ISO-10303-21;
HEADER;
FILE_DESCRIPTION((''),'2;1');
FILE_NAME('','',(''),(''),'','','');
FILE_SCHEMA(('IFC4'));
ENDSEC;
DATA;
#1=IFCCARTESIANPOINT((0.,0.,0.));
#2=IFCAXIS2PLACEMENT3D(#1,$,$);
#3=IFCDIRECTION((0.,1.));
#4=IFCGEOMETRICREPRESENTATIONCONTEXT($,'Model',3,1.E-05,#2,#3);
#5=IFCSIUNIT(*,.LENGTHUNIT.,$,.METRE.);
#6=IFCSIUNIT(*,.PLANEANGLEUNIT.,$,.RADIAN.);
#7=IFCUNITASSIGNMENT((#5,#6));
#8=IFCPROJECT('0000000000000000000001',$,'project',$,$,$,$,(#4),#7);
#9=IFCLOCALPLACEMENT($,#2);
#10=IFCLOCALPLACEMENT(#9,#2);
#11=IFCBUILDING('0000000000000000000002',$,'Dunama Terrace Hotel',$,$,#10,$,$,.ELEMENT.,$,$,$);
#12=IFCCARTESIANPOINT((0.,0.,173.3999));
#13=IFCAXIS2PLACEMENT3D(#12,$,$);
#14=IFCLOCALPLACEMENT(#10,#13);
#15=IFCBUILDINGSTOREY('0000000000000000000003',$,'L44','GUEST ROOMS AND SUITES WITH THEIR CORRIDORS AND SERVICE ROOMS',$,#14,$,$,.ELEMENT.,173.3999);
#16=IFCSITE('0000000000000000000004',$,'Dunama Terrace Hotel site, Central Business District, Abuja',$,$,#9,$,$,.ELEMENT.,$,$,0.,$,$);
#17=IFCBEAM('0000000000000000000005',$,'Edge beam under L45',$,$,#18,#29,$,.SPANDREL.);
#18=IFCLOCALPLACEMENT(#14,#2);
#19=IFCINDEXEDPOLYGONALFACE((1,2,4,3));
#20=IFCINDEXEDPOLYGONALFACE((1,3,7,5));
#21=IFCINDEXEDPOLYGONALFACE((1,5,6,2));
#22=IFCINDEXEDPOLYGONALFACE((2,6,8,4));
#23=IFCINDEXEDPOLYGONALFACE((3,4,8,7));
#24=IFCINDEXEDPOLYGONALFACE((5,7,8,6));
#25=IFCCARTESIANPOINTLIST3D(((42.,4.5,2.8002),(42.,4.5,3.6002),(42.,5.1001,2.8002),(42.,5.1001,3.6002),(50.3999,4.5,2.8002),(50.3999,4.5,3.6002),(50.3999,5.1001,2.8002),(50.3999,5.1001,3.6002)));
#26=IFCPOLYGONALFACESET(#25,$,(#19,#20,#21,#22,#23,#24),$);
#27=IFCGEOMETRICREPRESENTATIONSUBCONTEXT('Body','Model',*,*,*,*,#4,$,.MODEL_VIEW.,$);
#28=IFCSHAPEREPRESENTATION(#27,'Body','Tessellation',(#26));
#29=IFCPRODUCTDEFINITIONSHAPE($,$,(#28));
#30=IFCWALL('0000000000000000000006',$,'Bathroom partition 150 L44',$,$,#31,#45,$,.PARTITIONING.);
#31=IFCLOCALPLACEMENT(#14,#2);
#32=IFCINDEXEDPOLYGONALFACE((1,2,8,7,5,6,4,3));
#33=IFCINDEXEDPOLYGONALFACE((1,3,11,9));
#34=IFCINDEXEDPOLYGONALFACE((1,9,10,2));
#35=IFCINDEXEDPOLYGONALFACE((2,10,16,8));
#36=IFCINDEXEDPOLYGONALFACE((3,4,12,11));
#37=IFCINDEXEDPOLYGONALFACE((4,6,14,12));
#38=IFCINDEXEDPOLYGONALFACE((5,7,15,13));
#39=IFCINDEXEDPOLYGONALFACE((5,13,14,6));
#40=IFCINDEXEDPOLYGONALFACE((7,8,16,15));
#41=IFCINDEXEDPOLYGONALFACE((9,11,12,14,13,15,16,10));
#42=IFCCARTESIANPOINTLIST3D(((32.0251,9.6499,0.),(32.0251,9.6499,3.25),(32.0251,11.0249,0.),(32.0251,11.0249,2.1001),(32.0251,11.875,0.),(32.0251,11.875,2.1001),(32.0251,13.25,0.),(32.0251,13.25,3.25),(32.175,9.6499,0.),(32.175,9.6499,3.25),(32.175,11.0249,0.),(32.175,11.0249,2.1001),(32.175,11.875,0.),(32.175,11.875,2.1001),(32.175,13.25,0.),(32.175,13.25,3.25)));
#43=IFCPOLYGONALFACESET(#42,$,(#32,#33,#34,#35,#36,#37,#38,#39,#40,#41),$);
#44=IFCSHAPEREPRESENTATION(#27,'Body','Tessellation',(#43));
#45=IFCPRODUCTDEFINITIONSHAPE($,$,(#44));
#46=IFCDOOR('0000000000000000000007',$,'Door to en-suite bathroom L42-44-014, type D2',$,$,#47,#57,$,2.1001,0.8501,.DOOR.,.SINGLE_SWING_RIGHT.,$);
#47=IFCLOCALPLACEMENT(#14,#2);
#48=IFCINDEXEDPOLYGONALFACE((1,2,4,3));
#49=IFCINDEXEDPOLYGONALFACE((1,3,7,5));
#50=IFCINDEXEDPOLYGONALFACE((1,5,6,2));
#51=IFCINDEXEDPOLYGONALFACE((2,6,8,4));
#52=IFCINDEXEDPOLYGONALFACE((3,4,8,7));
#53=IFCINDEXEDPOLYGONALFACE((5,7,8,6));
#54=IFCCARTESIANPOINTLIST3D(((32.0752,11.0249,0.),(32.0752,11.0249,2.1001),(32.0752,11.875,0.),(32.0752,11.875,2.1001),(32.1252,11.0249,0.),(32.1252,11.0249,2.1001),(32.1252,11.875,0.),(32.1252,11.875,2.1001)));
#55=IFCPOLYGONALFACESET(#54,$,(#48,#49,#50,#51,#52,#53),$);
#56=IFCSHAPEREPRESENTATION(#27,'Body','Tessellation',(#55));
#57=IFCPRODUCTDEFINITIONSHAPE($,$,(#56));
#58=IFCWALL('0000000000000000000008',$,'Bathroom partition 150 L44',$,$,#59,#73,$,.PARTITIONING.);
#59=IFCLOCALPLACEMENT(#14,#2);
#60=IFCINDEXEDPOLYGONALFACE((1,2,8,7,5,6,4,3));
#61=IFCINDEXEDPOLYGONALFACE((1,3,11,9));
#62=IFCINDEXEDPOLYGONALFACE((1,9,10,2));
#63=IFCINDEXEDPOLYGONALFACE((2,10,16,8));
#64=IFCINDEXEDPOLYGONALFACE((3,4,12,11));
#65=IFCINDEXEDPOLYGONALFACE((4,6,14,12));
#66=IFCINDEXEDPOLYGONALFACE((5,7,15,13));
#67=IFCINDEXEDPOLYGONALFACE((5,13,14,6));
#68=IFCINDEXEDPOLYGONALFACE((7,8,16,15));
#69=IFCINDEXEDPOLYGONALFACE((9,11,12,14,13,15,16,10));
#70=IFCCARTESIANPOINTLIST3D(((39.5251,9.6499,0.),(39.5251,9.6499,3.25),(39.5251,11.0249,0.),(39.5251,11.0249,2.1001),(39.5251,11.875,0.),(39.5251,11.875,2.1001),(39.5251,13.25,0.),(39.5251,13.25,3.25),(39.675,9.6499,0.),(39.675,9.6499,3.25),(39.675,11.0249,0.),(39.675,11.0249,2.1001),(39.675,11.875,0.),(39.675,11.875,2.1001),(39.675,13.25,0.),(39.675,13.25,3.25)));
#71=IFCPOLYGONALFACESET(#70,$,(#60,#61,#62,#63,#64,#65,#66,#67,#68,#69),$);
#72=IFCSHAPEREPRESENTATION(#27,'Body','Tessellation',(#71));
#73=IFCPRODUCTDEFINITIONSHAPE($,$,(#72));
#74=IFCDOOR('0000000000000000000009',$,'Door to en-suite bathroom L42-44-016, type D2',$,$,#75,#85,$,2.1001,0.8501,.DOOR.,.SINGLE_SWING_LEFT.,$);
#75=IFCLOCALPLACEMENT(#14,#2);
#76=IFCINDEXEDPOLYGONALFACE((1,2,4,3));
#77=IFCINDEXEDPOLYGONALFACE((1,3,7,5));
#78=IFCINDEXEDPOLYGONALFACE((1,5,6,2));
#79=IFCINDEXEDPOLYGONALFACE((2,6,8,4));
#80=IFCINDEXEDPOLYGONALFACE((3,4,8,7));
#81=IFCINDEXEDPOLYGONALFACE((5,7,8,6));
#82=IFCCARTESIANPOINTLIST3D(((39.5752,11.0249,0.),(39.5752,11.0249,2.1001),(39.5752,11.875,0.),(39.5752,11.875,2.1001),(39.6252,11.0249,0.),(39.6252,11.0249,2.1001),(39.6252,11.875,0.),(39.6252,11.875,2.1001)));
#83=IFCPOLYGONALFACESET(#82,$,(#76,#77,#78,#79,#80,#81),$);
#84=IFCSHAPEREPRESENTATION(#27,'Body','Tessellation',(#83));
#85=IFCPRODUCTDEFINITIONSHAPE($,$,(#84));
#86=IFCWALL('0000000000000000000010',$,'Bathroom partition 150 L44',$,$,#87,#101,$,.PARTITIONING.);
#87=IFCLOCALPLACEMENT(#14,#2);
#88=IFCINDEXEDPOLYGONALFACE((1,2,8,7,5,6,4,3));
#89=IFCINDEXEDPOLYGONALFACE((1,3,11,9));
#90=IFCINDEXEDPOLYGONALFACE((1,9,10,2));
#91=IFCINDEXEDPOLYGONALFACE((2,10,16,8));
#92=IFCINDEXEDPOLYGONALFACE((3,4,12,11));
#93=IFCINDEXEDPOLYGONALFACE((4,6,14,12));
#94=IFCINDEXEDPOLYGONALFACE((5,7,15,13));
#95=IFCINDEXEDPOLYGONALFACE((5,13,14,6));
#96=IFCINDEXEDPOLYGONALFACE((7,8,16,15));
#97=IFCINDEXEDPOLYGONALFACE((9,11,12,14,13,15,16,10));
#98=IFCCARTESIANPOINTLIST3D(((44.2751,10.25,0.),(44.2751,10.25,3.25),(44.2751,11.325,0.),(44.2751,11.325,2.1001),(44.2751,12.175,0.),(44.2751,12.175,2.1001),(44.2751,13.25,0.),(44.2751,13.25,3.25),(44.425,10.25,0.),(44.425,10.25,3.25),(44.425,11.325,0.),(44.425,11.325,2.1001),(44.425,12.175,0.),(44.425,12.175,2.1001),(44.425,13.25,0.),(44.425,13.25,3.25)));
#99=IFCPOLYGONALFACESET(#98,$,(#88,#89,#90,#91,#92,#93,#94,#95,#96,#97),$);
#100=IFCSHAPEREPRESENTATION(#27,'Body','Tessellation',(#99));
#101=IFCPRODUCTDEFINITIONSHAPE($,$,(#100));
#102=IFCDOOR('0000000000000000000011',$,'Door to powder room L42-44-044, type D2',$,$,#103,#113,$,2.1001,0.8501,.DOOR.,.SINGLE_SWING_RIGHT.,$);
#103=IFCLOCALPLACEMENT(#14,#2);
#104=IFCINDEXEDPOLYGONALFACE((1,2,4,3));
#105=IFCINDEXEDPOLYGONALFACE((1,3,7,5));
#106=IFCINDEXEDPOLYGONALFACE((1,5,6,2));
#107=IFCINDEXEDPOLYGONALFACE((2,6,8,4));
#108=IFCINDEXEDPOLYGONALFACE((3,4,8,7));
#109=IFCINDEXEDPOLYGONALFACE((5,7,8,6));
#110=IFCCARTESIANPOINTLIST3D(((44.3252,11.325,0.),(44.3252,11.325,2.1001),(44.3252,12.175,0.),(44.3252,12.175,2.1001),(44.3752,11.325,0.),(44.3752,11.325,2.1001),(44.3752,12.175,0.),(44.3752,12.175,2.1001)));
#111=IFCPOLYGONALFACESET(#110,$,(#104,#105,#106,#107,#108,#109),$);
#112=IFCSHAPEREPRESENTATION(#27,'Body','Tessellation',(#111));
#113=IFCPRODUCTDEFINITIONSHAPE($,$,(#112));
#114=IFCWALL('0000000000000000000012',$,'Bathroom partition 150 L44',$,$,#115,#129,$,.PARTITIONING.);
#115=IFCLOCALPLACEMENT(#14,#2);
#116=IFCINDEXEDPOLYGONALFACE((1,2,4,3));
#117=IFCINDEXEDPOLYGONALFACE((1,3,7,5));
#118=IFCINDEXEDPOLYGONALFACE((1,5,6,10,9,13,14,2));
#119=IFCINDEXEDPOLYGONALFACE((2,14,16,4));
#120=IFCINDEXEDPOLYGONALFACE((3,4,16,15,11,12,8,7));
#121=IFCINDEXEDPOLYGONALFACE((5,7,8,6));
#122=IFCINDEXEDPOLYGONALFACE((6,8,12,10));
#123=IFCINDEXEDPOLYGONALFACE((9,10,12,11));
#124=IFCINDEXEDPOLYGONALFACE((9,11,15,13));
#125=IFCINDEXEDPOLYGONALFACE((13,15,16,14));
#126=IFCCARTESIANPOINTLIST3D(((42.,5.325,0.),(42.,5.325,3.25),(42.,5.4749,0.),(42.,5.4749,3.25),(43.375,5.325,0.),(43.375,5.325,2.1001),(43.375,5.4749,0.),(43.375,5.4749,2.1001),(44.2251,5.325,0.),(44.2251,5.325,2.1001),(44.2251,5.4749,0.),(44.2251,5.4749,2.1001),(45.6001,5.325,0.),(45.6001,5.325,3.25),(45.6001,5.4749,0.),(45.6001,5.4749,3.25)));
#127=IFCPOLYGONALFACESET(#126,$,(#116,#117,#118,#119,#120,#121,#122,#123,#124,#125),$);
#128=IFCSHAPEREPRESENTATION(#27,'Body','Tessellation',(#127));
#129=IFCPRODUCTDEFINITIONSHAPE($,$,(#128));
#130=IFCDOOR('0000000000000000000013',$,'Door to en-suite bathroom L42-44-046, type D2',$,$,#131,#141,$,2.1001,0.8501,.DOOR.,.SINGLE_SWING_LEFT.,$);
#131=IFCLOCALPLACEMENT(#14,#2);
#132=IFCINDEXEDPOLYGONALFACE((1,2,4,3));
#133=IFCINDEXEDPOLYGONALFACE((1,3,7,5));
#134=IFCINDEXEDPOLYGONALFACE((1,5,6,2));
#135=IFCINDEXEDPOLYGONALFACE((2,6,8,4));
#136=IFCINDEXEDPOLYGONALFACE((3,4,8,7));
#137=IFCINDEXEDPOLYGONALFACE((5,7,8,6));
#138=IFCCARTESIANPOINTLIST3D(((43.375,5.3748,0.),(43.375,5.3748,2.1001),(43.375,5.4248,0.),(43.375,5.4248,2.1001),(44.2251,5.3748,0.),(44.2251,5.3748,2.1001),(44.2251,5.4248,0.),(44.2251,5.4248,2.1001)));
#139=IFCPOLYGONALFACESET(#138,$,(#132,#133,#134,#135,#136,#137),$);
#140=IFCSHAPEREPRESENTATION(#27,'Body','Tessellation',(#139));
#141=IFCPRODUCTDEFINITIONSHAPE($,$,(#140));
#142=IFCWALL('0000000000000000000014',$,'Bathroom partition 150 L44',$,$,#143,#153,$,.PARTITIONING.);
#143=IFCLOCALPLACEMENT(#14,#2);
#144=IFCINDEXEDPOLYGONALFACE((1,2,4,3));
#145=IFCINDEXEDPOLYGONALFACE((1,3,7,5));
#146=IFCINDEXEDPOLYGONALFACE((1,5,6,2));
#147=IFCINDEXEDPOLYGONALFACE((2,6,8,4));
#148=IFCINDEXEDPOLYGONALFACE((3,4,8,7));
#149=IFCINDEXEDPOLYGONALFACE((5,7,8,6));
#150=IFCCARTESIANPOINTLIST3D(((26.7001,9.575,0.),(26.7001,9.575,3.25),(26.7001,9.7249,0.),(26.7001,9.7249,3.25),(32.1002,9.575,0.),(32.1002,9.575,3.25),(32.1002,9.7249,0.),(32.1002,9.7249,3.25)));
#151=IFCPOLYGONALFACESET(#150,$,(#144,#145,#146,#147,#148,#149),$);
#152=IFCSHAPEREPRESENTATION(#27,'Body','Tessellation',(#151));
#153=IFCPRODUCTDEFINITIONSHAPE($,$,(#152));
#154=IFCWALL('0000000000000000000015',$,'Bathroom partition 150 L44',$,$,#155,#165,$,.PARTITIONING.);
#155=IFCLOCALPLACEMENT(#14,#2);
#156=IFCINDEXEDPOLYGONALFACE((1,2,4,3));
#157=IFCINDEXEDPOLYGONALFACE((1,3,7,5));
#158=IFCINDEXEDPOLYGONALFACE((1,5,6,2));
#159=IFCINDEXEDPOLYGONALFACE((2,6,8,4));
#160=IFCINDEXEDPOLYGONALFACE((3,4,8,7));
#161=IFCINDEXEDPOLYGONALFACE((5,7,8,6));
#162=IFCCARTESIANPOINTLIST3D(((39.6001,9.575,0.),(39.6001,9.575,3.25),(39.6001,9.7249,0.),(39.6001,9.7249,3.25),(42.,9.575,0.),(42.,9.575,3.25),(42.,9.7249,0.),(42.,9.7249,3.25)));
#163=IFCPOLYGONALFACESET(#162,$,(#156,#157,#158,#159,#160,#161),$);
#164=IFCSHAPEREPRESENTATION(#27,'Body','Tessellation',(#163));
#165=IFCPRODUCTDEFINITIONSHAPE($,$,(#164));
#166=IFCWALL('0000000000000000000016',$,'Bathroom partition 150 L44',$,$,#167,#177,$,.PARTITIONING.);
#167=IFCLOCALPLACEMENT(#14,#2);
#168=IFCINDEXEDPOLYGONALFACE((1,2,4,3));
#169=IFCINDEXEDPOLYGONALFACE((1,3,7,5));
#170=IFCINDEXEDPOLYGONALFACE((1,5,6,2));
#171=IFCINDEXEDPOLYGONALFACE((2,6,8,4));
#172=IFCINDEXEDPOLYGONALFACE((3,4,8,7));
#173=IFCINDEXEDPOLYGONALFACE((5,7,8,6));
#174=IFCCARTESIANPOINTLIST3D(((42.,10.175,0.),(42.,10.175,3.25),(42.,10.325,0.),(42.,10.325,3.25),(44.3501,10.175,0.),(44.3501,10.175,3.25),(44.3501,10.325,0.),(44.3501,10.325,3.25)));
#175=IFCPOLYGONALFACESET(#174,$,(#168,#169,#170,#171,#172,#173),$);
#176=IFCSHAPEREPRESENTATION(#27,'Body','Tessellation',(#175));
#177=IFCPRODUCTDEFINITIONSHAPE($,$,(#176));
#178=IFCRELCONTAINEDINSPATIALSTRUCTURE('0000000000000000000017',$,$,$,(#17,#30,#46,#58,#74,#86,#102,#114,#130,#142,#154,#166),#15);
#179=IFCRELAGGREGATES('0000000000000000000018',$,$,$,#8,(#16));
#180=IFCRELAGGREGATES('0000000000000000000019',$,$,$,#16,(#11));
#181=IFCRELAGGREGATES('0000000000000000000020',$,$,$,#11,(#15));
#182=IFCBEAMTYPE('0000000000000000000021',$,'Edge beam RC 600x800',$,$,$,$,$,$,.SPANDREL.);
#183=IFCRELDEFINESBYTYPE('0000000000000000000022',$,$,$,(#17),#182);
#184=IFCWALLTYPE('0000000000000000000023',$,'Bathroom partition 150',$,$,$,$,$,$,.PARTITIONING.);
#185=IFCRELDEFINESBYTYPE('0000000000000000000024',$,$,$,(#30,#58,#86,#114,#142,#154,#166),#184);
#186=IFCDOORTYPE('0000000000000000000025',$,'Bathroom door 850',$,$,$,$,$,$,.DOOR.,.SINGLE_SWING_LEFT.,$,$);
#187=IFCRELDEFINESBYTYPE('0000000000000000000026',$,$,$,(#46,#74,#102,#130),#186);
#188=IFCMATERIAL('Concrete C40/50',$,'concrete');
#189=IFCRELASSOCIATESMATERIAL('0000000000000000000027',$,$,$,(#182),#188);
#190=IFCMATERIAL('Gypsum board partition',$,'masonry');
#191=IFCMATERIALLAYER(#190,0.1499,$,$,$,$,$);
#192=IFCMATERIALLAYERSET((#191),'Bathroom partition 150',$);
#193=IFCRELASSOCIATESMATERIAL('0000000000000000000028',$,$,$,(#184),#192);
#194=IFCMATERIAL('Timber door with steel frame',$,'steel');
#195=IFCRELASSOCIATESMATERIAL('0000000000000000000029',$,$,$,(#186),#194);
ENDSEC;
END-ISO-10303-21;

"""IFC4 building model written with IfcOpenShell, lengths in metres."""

from ifc_helpers import new_model, si_unit, direction, frame, frame_2d, origin, origin_2d, place, context, subcontext, project, spatial, rectangle, extrude, material, layer, layer_set, material_profile, profile_set, type_object, element, fill, save


model = new_model("IFC4")

# Units and contexts
model_context = context("Model", 3, precision=1e-05, world=origin(), true_north=direction((0.0, 1.0)))
body_context = subcontext(model_context, "Body", "Model", "MODEL_VIEW")
ifc_project = project(units=[si_unit("LENGTHUNIT", "METRE"), si_unit("PLANEANGLEUNIT", "RADIAN")], contexts=[model_context])

# Site, building, storey
site_placement = place(None, origin())
site = spatial("IfcSite", under=ifc_project, at=site_placement, Name="Dunama Terrace Hotel site, Central Business District, Abuja", CompositionType="ELEMENT", RefElevation=0.0)
building_placement = place(site_placement, origin())
building = spatial("IfcBuilding", under=site, at=building_placement, Name="Dunama Terrace Hotel", CompositionType="ELEMENT")
storey_placement = place(building_placement, frame((0.0, 0.0, 173.3999)))
storey = spatial("IfcBuildingStorey", under=building, at=storey_placement, Name="L44", Description="GUEST ROOMS AND SUITES WITH THEIR CORRIDORS AND SERVICE ROOMS", CompositionType="ELEMENT", Elevation=173.3999)

# Beam
ifc_material_1 = material(Name="Concrete C40/50", Category="concrete")
ifc_material_profile = material_profile(ifc_material_1, rectangle(XDim=0.6001, YDim=0.8, at=origin_2d()), Name="RC 600x800")
ifc_profile_set = profile_set([ifc_material_profile], Name="Concrete C40/50")
beam_type = type_object("IfcBeamType", Name="Edge beam RC 600x800", PredefinedType="SPANDREL", material=ifc_profile_set)
beam_placement = place(storey_placement, frame((42.0, 4.8, 3.2002), z_axis=(1.0, 0.0, 0.0), x_axis=(0.0, 1.0, 0.0)))
element("IfcBeam", 1, at=beam_placement, inside=storey, type_object=beam_type, Name="Edge beam under L45", PredefinedType="SPANDREL", context=body_context, shape_type="SweptSolid", body=[
    extrude(rectangle(XDim=0.6001, YDim=0.8, at=origin_2d()), origin(), (0.0, 0.0, 1.0), 8.3999),
])

# Walls, openings, doors
ifc_material_2 = material(Name="Gypsum board partition", Category="masonry")
ifc_layer_1 = layer(ifc_material_2, 0.1499)
ifc_layer_set_1 = layer_set([ifc_layer_1], Name="Bathroom partition 150")
wall_type_1 = type_object("IfcWallType", Name="Bathroom partition 150", PredefinedType="PARTITIONING", material=ifc_layer_set_1)
wall_1_placement = place(storey_placement, frame((32.1001, 9.6499, 0.0), z_axis=(0.0, 0.0, 1.0), x_axis=(0.0, 1.0, 0.0)))
wall_1 = element("IfcWall", 2, at=wall_1_placement, inside=storey, type_object=wall_type_1, Name="Bathroom partition 150 L44", PredefinedType="PARTITIONING", context=body_context, shape_type="SweptSolid", body=[
    extrude(rectangle(XDim=3.6001, YDim=0.1499, at=frame_2d((1.8, 0.0))), origin(), (0.0, 0.0, 1.0), 3.25),
])
opening_1_placement = place(wall_1_placement, frame((1.375, 0.0, 0.0)))
opening_1 = element("IfcOpeningElement", 3, at=opening_1_placement, cuts=wall_1, PredefinedType="OPENING", context=body_context, shape_type="SweptSolid", body=[
    extrude(rectangle(XDim=0.8501, YDim=2.1001, at=frame_2d((0.425, 1.05))), frame((0.0, 0.085, 0.0), z_axis=(0.0, -1.0, 0.0), x_axis=(1.0, 0.0, 0.0)), (0.0, 0.0, 1.0), 0.1699),
])
ifc_material_3 = material(Name="Timber door with steel frame", Category="steel")
door_type_1 = type_object("IfcDoorType", Name="Bathroom door 850", OperationType="SINGLE_SWING_LEFT", PredefinedType="DOOR", material=ifc_material_3)
door_1_placement = place(opening_1_placement, origin())
door_1 = element("IfcDoor", 4, at=door_1_placement, inside=storey, type_object=door_type_1, Name="Door to en-suite bathroom L42-44-014, type D2", OperationType="SINGLE_SWING_RIGHT", OverallHeight=2.1001, OverallWidth=0.8501, PredefinedType="DOOR", context=body_context, shape_type="SweptSolid", body=[
    extrude(rectangle(XDim=0.8501, YDim=2.1001, at=frame_2d((0.425, 1.05))), frame((0.0, 0.0249, 0.0), z_axis=(0.0, -1.0, 0.0), x_axis=(1.0, 0.0, 0.0)), (0.0, 0.0, 1.0), 0.05),
])
fill(opening_1, door_1)
wall_2_placement = place(storey_placement, frame((39.6001, 9.6499, 0.0), z_axis=(0.0, 0.0, 1.0), x_axis=(0.0, 1.0, 0.0)))
wall_2 = element("IfcWall", 5, at=wall_2_placement, inside=storey, type_object=wall_type_1, Name="Bathroom partition 150 L44", PredefinedType="PARTITIONING", context=body_context, shape_type="SweptSolid", body=[
    extrude(rectangle(XDim=3.6001, YDim=0.1499, at=frame_2d((1.8, 0.0))), origin(), (0.0, 0.0, 1.0), 3.25),
])
opening_2_placement = place(wall_2_placement, frame((1.375, 0.0, 0.0)))
opening_2 = element("IfcOpeningElement", 6, at=opening_2_placement, cuts=wall_2, PredefinedType="OPENING", context=body_context, shape_type="SweptSolid", body=[
    extrude(rectangle(XDim=0.8501, YDim=2.1001, at=frame_2d((0.425, 1.05))), frame((0.0, 0.085, 0.0), z_axis=(0.0, -1.0, 0.0), x_axis=(1.0, 0.0, 0.0)), (0.0, 0.0, 1.0), 0.1699),
])
door_2_placement = place(opening_2_placement, frame((0.8501, 0.0, 0.0), z_axis=(0.0, 0.0, 1.0), x_axis=(-1.0, 0.0, 0.0)))
door_2 = element("IfcDoor", 7, at=door_2_placement, inside=storey, type_object=door_type_1, Name="Door to en-suite bathroom L42-44-016, type D2", OperationType="SINGLE_SWING_LEFT", OverallHeight=2.1001, OverallWidth=0.8501, PredefinedType="DOOR", context=body_context, shape_type="SweptSolid", body=[
    extrude(rectangle(XDim=0.8501, YDim=2.1001, at=frame_2d((0.425, 1.05))), frame((0.0, 0.0251, 0.0), z_axis=(0.0, -1.0, 0.0), x_axis=(1.0, 0.0, 0.0)), (0.0, 0.0, 1.0), 0.05),
])
fill(opening_2, door_2)
wall_3_placement = place(storey_placement, frame((44.3501, 10.25, 0.0), z_axis=(0.0, 0.0, 1.0), x_axis=(0.0, 1.0, 0.0)))
wall_3 = element("IfcWall", 8, at=wall_3_placement, inside=storey, type_object=wall_type_1, Name="Bathroom partition 150 L44", PredefinedType="PARTITIONING", context=body_context, shape_type="SweptSolid", body=[
    extrude(rectangle(XDim=3.0, YDim=0.1499, at=frame_2d((1.5, 0.0))), origin(), (0.0, 0.0, 1.0), 3.25),
])
opening_3_placement = place(wall_3_placement, frame((1.075, 0.0, 0.0)))
opening_3 = element("IfcOpeningElement", 9, at=opening_3_placement, cuts=wall_3, PredefinedType="OPENING", context=body_context, shape_type="SweptSolid", body=[
    extrude(rectangle(XDim=0.8501, YDim=2.1001, at=frame_2d((0.425, 1.05))), frame((0.0, 0.085, 0.0), z_axis=(0.0, -1.0, 0.0), x_axis=(1.0, 0.0, 0.0)), (0.0, 0.0, 1.0), 0.1699),
])
door_3_placement = place(opening_3_placement, origin())
door_3 = element("IfcDoor", 10, at=door_3_placement, inside=storey, type_object=door_type_1, Name="Door to powder room L42-44-044, type D2", OperationType="SINGLE_SWING_RIGHT", OverallHeight=2.1001, OverallWidth=0.8501, PredefinedType="DOOR", context=body_context, shape_type="SweptSolid", body=[
    extrude(rectangle(XDim=0.8501, YDim=2.1001, at=frame_2d((0.425, 1.05))), frame((0.0, 0.0249, 0.0), z_axis=(0.0, -1.0, 0.0), x_axis=(1.0, 0.0, 0.0)), (0.0, 0.0, 1.0), 0.05),
])
fill(opening_3, door_3)
wall_4_placement = place(storey_placement, frame((42.0, 5.3999, 0.0), z_axis=(0.0, 0.0, 1.0), x_axis=(1.0, 0.0, 0.0)))
wall_4 = element("IfcWall", 11, at=wall_4_placement, inside=storey, type_object=wall_type_1, Name="Bathroom partition 150 L44", PredefinedType="PARTITIONING", context=body_context, shape_type="SweptSolid", body=[
    extrude(rectangle(XDim=3.6001, YDim=0.1499, at=frame_2d((1.8, 0.0))), origin(), (0.0, 0.0, 1.0), 3.25),
])
opening_4_placement = place(wall_4_placement, frame((1.375, 0.0, 0.0)))
opening_4 = element("IfcOpeningElement", 12, at=opening_4_placement, cuts=wall_4, PredefinedType="OPENING", context=body_context, shape_type="SweptSolid", body=[
    extrude(rectangle(XDim=0.8501, YDim=2.1001, at=frame_2d((0.425, 1.05))), frame((0.0, 0.085, 0.0), z_axis=(0.0, -1.0, 0.0), x_axis=(1.0, 0.0, 0.0)), (0.0, 0.0, 1.0), 0.1699),
])
door_4_placement = place(opening_4_placement, origin())
door_4 = element("IfcDoor", 13, at=door_4_placement, inside=storey, type_object=door_type_1, Name="Door to en-suite bathroom L42-44-046, type D2", OperationType="SINGLE_SWING_LEFT", OverallHeight=2.1001, OverallWidth=0.8501, PredefinedType="DOOR", context=body_context, shape_type="SweptSolid", body=[
    extrude(rectangle(XDim=0.8501, YDim=2.1001, at=frame_2d((0.425, 1.05))), frame((0.0, 0.0249, 0.0), z_axis=(0.0, -1.0, 0.0), x_axis=(1.0, 0.0, 0.0)), (0.0, 0.0, 1.0), 0.05),
])
fill(opening_4, door_4)

# Walls
wall_5_placement = place(storey_placement, frame((26.7, 9.6499, 0.0), z_axis=(0.0, 0.0, 1.0), x_axis=(1.0, 0.0, 0.0)))
element("IfcWall", 14, at=wall_5_placement, inside=storey, type_object=wall_type_1, Name="Bathroom partition 150 L44", PredefinedType="PARTITIONING", context=body_context, shape_type="SweptSolid", body=[
    extrude(rectangle(XDim=5.4001, YDim=0.1499, at=frame_2d((2.7002, 0.0))), origin(), (0.0, 0.0, 1.0), 3.25),
])
wall_6_placement = place(storey_placement, frame((39.6001, 9.6499, 0.0), z_axis=(0.0, 0.0, 1.0), x_axis=(1.0, 0.0, 0.0)))
element("IfcWall", 15, at=wall_6_placement, inside=storey, type_object=wall_type_1, Name="Bathroom partition 150 L44", PredefinedType="PARTITIONING", context=body_context, shape_type="SweptSolid", body=[
    extrude(rectangle(XDim=2.3999, YDim=0.1499, at=frame_2d((1.2, 0.0))), origin(), (0.0, 0.0, 1.0), 3.25),
])
wall_7_placement = place(storey_placement, frame((42.0, 10.25, 0.0), z_axis=(0.0, 0.0, 1.0), x_axis=(1.0, 0.0, 0.0)))
element("IfcWall", 16, at=wall_7_placement, inside=storey, type_object=wall_type_1, Name="Bathroom partition 150 L44", PredefinedType="PARTITIONING", context=body_context, shape_type="SweptSolid", body=[
    extrude(rectangle(XDim=2.3501, YDim=0.1499, at=frame_2d((1.175, 0.0))), origin(), (0.0, 0.0, 1.0), 3.25),
])

save(model, "model.ifc")
